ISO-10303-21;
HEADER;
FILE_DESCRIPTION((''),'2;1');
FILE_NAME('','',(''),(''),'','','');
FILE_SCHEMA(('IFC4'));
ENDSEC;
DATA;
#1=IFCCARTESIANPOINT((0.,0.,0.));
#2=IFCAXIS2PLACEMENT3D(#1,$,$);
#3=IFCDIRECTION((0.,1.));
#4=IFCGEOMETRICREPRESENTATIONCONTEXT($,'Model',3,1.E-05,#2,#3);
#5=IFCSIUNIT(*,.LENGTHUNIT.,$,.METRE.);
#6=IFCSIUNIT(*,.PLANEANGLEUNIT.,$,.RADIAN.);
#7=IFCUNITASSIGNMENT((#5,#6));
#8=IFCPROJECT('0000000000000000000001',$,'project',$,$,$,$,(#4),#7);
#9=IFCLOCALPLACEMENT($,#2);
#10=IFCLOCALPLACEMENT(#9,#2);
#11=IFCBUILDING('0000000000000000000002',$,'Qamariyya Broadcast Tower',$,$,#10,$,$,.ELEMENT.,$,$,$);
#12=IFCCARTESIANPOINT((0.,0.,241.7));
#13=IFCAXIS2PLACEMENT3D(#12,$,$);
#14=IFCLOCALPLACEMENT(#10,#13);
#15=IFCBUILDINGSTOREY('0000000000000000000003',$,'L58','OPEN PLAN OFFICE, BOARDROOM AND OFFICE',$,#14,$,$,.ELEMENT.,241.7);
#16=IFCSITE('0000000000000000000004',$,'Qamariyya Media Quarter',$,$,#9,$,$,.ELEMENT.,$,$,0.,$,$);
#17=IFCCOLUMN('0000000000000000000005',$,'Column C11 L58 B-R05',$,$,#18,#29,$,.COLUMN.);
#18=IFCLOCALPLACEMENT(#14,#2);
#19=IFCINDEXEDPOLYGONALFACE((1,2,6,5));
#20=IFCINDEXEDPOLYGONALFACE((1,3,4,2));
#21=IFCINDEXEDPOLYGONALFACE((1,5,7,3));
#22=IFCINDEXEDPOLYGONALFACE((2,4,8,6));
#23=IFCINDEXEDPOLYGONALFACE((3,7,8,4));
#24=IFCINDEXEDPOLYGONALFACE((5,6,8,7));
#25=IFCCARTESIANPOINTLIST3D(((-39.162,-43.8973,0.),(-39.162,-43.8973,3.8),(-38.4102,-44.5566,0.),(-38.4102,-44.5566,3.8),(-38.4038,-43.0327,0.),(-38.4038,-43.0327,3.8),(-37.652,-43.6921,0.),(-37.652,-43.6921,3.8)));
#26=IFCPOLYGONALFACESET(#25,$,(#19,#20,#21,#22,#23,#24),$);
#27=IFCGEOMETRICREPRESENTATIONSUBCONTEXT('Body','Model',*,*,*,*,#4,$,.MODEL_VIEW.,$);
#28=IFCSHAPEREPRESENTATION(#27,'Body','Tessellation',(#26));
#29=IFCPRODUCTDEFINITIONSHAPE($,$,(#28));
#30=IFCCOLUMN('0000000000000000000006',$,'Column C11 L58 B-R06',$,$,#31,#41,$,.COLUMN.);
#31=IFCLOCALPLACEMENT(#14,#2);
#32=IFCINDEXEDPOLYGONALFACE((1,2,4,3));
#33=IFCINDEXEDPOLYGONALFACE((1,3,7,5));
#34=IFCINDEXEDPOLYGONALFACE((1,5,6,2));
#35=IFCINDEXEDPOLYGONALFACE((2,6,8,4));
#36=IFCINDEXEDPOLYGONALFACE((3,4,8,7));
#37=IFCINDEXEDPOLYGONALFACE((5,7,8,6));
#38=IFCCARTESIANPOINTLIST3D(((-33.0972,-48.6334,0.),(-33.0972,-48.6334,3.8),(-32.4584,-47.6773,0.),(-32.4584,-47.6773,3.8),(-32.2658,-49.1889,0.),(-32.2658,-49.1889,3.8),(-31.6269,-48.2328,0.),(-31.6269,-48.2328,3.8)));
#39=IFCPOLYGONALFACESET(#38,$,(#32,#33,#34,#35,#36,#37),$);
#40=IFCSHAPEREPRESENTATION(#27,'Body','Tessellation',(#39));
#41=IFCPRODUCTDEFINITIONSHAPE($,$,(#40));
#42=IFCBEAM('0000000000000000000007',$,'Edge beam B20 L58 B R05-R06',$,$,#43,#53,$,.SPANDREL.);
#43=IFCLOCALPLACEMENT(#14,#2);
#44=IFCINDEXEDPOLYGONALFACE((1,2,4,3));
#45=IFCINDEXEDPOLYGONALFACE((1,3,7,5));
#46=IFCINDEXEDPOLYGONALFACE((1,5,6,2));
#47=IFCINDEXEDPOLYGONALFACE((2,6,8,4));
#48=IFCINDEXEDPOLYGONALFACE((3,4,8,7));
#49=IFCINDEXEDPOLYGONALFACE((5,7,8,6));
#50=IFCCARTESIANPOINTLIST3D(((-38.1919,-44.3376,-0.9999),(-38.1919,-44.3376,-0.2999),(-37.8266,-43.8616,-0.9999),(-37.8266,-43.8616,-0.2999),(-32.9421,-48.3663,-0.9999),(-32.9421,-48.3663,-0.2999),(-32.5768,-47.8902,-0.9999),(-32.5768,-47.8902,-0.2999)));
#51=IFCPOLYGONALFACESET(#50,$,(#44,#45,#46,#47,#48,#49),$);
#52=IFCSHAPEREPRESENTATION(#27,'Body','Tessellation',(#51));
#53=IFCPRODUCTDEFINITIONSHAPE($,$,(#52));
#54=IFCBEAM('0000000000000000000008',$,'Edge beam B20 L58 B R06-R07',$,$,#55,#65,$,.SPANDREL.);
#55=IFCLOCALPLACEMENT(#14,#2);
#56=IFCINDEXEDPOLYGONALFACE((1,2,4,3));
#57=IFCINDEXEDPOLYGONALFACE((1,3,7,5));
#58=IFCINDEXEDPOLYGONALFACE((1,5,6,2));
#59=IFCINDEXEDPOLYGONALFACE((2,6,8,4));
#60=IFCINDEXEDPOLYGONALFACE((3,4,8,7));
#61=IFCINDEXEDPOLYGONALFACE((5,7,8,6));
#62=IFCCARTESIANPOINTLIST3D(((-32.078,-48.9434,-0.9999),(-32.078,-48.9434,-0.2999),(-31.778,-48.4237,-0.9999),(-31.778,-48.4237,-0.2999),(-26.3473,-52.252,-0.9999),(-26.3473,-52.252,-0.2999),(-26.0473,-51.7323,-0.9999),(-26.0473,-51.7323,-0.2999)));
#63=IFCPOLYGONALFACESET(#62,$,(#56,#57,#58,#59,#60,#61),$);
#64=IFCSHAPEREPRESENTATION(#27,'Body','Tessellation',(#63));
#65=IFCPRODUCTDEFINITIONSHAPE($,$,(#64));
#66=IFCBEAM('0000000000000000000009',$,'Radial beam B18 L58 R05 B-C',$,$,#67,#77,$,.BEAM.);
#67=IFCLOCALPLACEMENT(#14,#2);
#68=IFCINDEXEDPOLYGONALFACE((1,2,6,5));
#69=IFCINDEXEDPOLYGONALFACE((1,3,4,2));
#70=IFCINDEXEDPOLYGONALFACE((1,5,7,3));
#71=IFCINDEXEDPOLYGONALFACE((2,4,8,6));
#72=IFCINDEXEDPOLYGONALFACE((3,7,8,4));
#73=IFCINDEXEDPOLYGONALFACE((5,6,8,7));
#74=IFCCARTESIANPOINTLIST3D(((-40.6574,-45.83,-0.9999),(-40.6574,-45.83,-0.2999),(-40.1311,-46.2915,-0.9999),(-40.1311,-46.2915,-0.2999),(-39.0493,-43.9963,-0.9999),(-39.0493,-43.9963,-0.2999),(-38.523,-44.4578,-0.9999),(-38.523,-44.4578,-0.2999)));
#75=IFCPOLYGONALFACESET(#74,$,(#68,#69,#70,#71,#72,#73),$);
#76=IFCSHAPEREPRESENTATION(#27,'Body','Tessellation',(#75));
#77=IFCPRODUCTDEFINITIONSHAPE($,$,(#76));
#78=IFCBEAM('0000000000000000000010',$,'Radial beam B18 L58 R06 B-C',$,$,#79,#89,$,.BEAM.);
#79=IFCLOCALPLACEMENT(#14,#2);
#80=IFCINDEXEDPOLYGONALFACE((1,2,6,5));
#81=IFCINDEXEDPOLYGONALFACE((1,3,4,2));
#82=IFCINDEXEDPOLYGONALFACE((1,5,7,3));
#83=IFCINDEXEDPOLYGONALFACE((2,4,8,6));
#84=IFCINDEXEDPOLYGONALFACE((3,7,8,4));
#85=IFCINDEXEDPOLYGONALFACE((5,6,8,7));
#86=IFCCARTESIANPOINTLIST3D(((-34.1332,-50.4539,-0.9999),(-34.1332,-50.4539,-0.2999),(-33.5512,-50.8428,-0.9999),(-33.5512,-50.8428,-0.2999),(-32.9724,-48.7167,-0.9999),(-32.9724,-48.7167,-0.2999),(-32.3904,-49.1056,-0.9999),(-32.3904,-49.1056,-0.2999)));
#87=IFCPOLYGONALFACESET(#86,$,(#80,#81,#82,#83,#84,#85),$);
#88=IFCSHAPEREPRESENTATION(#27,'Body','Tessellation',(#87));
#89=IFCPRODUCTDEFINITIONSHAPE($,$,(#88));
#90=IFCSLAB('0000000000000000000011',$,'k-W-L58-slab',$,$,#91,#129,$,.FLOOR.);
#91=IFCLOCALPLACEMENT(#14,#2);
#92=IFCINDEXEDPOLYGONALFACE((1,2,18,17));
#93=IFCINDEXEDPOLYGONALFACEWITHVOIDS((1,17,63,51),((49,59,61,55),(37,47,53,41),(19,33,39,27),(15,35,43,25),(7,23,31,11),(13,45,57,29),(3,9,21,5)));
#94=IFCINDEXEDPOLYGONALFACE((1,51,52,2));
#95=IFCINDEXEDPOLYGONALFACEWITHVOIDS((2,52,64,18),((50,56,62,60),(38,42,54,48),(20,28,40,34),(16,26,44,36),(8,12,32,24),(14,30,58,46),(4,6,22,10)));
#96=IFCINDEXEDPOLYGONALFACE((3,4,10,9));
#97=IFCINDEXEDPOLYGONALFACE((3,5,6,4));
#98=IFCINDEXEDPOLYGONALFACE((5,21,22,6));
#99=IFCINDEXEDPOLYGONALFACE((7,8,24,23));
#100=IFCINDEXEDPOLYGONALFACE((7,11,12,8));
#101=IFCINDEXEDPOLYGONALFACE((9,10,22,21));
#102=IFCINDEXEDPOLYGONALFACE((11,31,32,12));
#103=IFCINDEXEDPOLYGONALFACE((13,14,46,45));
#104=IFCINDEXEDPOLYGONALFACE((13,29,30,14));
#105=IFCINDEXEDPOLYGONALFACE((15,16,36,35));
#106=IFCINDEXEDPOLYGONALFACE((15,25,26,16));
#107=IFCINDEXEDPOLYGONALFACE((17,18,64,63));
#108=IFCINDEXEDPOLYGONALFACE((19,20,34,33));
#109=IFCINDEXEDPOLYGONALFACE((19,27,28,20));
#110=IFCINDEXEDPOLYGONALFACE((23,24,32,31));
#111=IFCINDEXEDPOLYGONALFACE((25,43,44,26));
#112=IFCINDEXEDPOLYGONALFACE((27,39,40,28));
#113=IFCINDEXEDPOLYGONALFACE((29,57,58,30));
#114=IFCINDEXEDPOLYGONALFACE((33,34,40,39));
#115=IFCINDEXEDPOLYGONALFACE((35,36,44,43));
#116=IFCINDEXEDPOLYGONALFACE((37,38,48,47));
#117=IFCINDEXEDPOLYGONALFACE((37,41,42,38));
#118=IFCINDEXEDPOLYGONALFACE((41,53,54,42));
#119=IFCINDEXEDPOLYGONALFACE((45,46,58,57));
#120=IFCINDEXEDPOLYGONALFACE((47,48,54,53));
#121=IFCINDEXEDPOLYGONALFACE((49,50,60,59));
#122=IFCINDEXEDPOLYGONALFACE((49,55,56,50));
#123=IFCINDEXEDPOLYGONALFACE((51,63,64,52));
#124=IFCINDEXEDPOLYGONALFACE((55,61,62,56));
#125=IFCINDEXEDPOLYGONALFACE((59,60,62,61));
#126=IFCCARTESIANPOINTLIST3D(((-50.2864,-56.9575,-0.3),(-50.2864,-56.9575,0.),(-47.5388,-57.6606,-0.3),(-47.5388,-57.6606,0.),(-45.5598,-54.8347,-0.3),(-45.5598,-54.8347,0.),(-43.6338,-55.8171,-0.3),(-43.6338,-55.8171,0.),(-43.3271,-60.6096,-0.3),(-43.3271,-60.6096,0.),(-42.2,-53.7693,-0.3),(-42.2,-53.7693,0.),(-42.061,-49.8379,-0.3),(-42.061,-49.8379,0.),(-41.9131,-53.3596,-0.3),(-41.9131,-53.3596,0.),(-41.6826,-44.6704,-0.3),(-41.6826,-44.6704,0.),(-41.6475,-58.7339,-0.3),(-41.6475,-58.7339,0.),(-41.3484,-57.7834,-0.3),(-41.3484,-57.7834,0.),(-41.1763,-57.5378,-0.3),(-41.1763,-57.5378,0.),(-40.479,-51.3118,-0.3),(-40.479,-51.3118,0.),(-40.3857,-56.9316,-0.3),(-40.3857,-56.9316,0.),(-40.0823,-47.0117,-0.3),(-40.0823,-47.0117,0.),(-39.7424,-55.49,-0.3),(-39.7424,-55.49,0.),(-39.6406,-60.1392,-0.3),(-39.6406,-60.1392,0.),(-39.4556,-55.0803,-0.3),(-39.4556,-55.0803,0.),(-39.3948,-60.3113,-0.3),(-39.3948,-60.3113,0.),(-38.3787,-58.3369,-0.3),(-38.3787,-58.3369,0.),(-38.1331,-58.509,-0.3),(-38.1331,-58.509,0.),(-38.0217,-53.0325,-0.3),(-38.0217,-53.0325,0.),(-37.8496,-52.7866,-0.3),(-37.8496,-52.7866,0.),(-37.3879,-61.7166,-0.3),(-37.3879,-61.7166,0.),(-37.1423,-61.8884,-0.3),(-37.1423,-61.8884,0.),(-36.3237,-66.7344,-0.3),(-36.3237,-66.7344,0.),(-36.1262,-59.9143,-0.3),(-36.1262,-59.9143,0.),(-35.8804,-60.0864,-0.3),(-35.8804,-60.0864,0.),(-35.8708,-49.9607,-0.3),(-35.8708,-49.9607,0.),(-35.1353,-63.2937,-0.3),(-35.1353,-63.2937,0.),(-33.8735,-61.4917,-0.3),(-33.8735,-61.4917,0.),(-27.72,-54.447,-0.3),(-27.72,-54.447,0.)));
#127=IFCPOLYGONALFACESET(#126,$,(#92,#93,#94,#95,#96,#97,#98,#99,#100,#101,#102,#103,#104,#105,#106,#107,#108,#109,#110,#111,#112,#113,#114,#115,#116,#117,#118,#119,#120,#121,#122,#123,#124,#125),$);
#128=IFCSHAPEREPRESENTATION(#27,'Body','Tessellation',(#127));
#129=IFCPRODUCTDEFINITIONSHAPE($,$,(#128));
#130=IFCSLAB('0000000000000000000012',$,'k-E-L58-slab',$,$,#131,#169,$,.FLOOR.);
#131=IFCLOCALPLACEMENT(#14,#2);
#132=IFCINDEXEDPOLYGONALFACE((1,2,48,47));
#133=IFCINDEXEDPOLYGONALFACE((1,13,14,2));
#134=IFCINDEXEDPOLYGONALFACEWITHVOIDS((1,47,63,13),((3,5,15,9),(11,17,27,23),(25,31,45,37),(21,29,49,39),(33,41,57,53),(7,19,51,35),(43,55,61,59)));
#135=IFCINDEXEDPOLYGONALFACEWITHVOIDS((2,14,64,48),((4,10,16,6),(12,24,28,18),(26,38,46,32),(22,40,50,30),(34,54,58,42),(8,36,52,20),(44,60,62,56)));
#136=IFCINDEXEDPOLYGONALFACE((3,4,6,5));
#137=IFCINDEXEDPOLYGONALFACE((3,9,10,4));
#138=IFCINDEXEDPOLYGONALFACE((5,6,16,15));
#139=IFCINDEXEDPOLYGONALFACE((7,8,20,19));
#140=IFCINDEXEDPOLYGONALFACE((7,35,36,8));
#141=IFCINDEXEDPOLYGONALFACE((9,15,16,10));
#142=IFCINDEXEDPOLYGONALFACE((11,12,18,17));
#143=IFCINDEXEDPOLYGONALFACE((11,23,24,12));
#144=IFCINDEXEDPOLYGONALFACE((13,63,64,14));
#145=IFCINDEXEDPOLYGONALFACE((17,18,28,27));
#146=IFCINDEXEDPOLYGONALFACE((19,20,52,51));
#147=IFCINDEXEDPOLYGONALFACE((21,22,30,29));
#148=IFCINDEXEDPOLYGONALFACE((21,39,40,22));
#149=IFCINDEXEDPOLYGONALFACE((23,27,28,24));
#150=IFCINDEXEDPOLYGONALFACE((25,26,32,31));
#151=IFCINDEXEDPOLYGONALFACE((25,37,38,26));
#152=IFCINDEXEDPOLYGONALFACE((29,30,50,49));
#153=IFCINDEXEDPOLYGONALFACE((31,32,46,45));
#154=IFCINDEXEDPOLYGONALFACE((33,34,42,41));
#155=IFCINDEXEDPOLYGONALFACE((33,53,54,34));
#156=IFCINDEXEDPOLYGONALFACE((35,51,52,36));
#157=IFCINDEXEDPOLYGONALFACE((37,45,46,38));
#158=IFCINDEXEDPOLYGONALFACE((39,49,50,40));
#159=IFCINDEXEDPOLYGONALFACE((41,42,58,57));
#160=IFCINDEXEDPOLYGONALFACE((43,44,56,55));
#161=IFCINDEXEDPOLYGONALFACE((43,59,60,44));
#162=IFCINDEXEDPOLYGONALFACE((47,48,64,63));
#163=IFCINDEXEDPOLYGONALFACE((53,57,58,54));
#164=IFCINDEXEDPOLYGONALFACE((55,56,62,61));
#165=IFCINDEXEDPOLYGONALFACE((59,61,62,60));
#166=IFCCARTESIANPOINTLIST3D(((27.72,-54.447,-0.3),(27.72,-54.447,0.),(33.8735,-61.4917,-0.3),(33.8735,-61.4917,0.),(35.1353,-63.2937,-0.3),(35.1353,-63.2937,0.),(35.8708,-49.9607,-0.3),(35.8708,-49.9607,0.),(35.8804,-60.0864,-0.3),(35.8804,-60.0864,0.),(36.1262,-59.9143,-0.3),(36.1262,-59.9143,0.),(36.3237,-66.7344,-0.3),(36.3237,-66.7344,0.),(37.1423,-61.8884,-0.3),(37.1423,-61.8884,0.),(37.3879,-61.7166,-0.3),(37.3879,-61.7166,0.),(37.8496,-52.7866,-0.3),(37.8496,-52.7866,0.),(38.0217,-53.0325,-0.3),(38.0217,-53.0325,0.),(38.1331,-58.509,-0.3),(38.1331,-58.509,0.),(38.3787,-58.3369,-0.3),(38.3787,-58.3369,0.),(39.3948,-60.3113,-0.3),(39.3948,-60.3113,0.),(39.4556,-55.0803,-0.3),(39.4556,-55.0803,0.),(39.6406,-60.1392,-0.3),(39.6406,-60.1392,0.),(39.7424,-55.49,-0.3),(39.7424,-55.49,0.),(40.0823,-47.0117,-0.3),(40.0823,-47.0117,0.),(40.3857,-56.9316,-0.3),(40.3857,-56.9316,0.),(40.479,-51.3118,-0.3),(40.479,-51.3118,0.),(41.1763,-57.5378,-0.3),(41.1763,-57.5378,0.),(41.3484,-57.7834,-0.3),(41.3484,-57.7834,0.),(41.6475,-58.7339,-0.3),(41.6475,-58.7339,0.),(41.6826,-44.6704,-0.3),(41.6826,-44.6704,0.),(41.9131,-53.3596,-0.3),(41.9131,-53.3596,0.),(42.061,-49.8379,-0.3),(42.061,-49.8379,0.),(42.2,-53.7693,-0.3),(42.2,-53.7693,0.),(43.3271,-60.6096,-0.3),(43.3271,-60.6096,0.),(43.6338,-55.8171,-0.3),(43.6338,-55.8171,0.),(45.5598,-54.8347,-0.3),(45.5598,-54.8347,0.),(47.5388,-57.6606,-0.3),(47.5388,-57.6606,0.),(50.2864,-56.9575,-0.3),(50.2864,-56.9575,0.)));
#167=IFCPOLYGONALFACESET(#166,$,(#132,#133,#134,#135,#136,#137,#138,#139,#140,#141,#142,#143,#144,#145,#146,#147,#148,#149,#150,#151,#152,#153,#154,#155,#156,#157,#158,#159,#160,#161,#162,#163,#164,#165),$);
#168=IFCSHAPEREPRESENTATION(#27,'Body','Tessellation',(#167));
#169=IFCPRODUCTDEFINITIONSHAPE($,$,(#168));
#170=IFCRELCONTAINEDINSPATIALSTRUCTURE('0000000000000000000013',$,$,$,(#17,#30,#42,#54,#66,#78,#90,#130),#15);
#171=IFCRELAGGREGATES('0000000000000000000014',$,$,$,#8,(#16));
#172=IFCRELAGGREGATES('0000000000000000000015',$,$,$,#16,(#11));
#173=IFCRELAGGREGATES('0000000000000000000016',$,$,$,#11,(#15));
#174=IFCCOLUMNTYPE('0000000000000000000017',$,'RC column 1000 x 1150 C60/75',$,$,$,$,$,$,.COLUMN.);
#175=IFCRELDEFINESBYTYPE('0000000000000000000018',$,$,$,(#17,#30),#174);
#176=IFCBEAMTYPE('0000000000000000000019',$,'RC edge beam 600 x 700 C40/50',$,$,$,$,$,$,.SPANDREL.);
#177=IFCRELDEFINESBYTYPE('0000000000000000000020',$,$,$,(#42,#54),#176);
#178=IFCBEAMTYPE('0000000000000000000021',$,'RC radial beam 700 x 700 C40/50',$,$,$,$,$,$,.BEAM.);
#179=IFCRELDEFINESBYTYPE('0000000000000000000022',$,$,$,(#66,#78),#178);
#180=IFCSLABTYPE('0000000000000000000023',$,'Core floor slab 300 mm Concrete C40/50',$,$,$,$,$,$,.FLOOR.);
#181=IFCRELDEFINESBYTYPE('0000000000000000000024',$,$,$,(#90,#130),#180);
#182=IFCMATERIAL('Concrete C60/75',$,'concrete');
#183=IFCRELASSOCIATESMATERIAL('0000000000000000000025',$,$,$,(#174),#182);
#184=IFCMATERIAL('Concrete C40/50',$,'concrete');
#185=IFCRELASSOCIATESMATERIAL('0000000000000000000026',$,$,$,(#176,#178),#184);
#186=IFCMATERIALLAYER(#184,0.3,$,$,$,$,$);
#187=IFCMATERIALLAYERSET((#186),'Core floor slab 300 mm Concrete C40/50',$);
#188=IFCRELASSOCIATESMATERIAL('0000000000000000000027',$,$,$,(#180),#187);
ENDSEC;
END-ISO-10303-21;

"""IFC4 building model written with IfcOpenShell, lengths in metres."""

from ifc_helpers import new_model, si_unit, direction, frame, origin, origin_2d, place, context, subcontext, project, spatial, polyline, rectangle, outline, extrude, material, layer, layer_set, material_profile, profile_set, type_object, element, save


model = new_model("IFC4")

# Units and contexts
model_context = context("Model", 3, precision=1e-05, world=origin(), true_north=direction((0.0, 1.0)))
body_context = subcontext(model_context, "Body", "Model", "MODEL_VIEW")
ifc_project = project(units=[si_unit("LENGTHUNIT", "METRE"), si_unit("PLANEANGLEUNIT", "RADIAN")], contexts=[model_context])

# Site, building, storey
site_placement = place(None, origin())
site = spatial("IfcSite", under=ifc_project, at=site_placement, Name="Qamariyya Media Quarter", CompositionType="ELEMENT", RefElevation=0.0)
building_placement = place(site_placement, origin())
building = spatial("IfcBuilding", under=site, at=building_placement, Name="Qamariyya Broadcast Tower", CompositionType="ELEMENT")
storey_placement = place(building_placement, frame((0.0, 0.0, 241.7)))
storey = spatial("IfcBuildingStorey", under=building, at=storey_placement, Name="L58", Description="OPEN PLAN OFFICE, BOARDROOM AND OFFICE", CompositionType="ELEMENT", Elevation=241.7)

# Columns
ifc_material_1 = material(Name="Concrete C60/75", Category="concrete")
ifc_material_profile_1 = material_profile(ifc_material_1, rectangle(XDim=1.0, YDim=1.1499, at=origin_2d()))
ifc_profile_set_1 = profile_set([ifc_material_profile_1], Name="Concrete C60/75")
column_type = type_object("IfcColumnType", Name="RC column 1000 x 1150 C60/75", PredefinedType="COLUMN", material=ifc_profile_set_1)
for number, where, z_axis, x_axis, name in (
    (1, (-38.407, -43.7947, 0.0), (0.0, 0.0, 1.0), (0.75184, -0.659346, 0.0), "Column C11 L58 B-R05"),
    (2, (-32.3621, -48.4331, 0.0), (0.0, 0.0, 1.0), (0.83147, -0.55557, 0.0), "Column C11 L58 B-R06"),
):
    element("IfcColumn", number, at=place(storey_placement, frame(where, z_axis=z_axis, x_axis=x_axis)), inside=storey, type_object=column_type, Name=name, PredefinedType="COLUMN", context=body_context, shape_type="SweptSolid", body=[
        extrude(rectangle(XDim=1.0, YDim=1.1499, at=origin_2d()), origin(), (0.0, 0.0, 1.0), 3.8),
    ])

# Beams
ifc_material_2 = material(Name="Concrete C40/50", Category="concrete")
ifc_material_profile_2 = material_profile(ifc_material_2, rectangle(XDim=0.6001, YDim=0.7, at=origin_2d()))
ifc_profile_set_2 = profile_set([ifc_material_profile_2], Name="Concrete C40/50")
beam_type_1 = type_object("IfcBeamType", Name="RC edge beam 600 x 700 C40/50", PredefinedType="SPANDREL", material=ifc_profile_set_2)
beam_1_placement = place(storey_placement, frame((-38.0093, -44.0996, -0.6499), z_axis=(0.793333, -0.608789, 0.0), x_axis=(0.608789, 0.793333, 0.0)))
element("IfcBeam", 3, at=beam_1_placement, inside=storey, type_object=beam_type_1, Name="Edge beam B20 L58 B R05-R06", PredefinedType="SPANDREL", context=body_context, shape_type="SweptSolid", body=[
    extrude(rectangle(XDim=0.6001, YDim=0.7, at=origin_2d()), origin(), (0.0, 0.0, 1.0), 6.6174),
])
beam_2_placement = place(storey_placement, frame((-31.928, -48.6836, -0.6499), z_axis=(0.866028, -0.499996, 0.0), x_axis=(0.499996, 0.866028, 0.0)))
element("IfcBeam", 4, at=beam_2_placement, inside=storey, type_object=beam_type_1, Name="Edge beam B20 L58 B R06-R07", PredefinedType="SPANDREL", context=body_context, shape_type="SweptSolid", body=[
    extrude(rectangle(XDim=0.6001, YDim=0.7, at=origin_2d()), origin(), (0.0, 0.0, 1.0), 6.6172),
])
ifc_material_profile_3 = material_profile(ifc_material_2, rectangle(XDim=0.7, YDim=0.7, at=origin_2d()))
ifc_profile_set_3 = profile_set([ifc_material_profile_3], Name="Concrete C40/50")
beam_type_2 = type_object("IfcBeamType", Name="RC radial beam 700 x 700 C40/50", PredefinedType="BEAM", material=ifc_profile_set_3)
beam_3_placement = place(storey_placement, frame((-38.7861, -44.2271, -0.6499), z_axis=(-0.659348, -0.751838, 0.0), x_axis=(0.751838, -0.659348, 0.0)))
element("IfcBeam", 5, at=beam_3_placement, inside=storey, type_object=beam_type_2, Name="Radial beam B18 L58 R05 B-C", PredefinedType="BEAM", context=body_context, shape_type="SweptSolid", body=[
    extrude(rectangle(XDim=0.7, YDim=0.7, at=origin_2d()), origin(), (0.0, 0.0, 1.0), 2.439),
])
beam_4_placement = place(storey_placement, frame((-32.6814, -48.9111, -0.6499), z_axis=(-0.55559, -0.831457, 0.0), x_axis=(0.831457, -0.55559, 0.0)))
element("IfcBeam", 6, at=beam_4_placement, inside=storey, type_object=beam_type_2, Name="Radial beam B18 L58 R06 B-C", PredefinedType="BEAM", context=body_context, shape_type="SweptSolid", body=[
    extrude(rectangle(XDim=0.7, YDim=0.7, at=origin_2d()), origin(), (0.0, 0.0, 1.0), 2.0894),
])

# Slabs
ifc_layer_1 = layer(ifc_material_2, 0.3)
ifc_layer_set_1 = layer_set([ifc_layer_1], Name="Core floor slab 300 mm Concrete C40/50")
slab_type_1 = type_object("IfcSlabType", Name="Core floor slab 300 mm Concrete C40/50", PredefinedType="FLOOR", material=ifc_layer_set_1)
slab_1_placement = place(storey_placement, frame((0.0, 0.0, -0.3)))
element("IfcSlab", 7, at=slab_1_placement, inside=storey, type_object=slab_type_1, Name="k-W-L58-slab", PredefinedType="FLOOR", context=body_context, shape_type="SweptSolid", body=[
    extrude(outline(polyline([(-50.2864, -56.9575), (-36.3237, -66.7344), (-27.72, -54.447), (-41.6826, -44.6704), (-50.2864, -56.9575)]), holes=[polyline([(-33.8735, -61.4917), (-35.8804, -60.0864), (-37.1423, -61.8884), (-35.1353, -63.2937), (-33.8735, -61.4917)]), polyline([(-36.1262, -59.9143), (-38.1331, -58.509), (-39.3948, -60.3113), (-37.3879, -61.7166), (-36.1262, -59.9143)]), polyline([(-38.3787, -58.3369), (-40.3857, -56.9316), (-41.6475, -58.7339), (-39.6406, -60.1392), (-38.3787, -58.3369)]), polyline([(-39.7424, -55.49), (-42.2, -53.7693), (-43.6338, -55.8171), (-41.1763, -57.5378), (-39.7424, -55.49)]), polyline([(-39.4556, -55.0803), (-41.9131, -53.3596), (-40.479, -51.3118), (-38.0217, -53.0325), (-39.4556, -55.0803)]), polyline([(-42.061, -49.8379), (-37.8496, -52.7866), (-35.8708, -49.9607), (-40.0823, -47.0117), (-42.061, -49.8379)]), polyline([(-47.5388, -57.6606), (-43.3271, -60.6096), (-41.3484, -57.7834), (-45.5598, -54.8347), (-47.5388, -57.6606)])]), origin(), (0.0, 0.0, 1.0), 0.3),
])
slab_2_placement = place(storey_placement, frame((0.0, 0.0, -0.3)))
element("IfcSlab", 8, at=slab_2_placement, inside=storey, type_object=slab_type_1, Name="k-E-L58-slab", PredefinedType="FLOOR", context=body_context, shape_type="SweptSolid", body=[
    extrude(outline(polyline([(36.3237, -66.7344), (50.2864, -56.9575), (41.6826, -44.6704), (27.72, -54.447), (36.3237, -66.7344)]), holes=[polyline([(33.8735, -61.4917), (35.8804, -60.0864), (37.1423, -61.8884), (35.1353, -63.2937), (33.8735, -61.4917)]), polyline([(36.1262, -59.9143), (38.1331, -58.509), (39.3948, -60.3113), (37.3879, -61.7166), (36.1262, -59.9143)]), polyline([(38.3787, -58.3369), (40.3857, -56.9316), (41.6475, -58.7339), (39.6406, -60.1392), (38.3787, -58.3369)]), polyline([(39.7424, -55.49), (42.2, -53.7693), (43.6338, -55.8171), (41.1763, -57.5378), (39.7424, -55.49)]), polyline([(39.4556, -55.0803), (41.9131, -53.3596), (40.479, -51.3118), (38.0217, -53.0325), (39.4556, -55.0803)]), polyline([(40.0823, -47.0117), (35.8708, -49.9607), (37.8496, -52.7866), (42.061, -49.8379), (40.0823, -47.0117)]), polyline([(45.5598, -54.8347), (41.3484, -57.7834), (43.3271, -60.6096), (47.5388, -57.6606), (45.5598, -54.8347)])]), origin(), (0.0, 0.0, 1.0), 0.3),
])

save(model, "model.ifc")
